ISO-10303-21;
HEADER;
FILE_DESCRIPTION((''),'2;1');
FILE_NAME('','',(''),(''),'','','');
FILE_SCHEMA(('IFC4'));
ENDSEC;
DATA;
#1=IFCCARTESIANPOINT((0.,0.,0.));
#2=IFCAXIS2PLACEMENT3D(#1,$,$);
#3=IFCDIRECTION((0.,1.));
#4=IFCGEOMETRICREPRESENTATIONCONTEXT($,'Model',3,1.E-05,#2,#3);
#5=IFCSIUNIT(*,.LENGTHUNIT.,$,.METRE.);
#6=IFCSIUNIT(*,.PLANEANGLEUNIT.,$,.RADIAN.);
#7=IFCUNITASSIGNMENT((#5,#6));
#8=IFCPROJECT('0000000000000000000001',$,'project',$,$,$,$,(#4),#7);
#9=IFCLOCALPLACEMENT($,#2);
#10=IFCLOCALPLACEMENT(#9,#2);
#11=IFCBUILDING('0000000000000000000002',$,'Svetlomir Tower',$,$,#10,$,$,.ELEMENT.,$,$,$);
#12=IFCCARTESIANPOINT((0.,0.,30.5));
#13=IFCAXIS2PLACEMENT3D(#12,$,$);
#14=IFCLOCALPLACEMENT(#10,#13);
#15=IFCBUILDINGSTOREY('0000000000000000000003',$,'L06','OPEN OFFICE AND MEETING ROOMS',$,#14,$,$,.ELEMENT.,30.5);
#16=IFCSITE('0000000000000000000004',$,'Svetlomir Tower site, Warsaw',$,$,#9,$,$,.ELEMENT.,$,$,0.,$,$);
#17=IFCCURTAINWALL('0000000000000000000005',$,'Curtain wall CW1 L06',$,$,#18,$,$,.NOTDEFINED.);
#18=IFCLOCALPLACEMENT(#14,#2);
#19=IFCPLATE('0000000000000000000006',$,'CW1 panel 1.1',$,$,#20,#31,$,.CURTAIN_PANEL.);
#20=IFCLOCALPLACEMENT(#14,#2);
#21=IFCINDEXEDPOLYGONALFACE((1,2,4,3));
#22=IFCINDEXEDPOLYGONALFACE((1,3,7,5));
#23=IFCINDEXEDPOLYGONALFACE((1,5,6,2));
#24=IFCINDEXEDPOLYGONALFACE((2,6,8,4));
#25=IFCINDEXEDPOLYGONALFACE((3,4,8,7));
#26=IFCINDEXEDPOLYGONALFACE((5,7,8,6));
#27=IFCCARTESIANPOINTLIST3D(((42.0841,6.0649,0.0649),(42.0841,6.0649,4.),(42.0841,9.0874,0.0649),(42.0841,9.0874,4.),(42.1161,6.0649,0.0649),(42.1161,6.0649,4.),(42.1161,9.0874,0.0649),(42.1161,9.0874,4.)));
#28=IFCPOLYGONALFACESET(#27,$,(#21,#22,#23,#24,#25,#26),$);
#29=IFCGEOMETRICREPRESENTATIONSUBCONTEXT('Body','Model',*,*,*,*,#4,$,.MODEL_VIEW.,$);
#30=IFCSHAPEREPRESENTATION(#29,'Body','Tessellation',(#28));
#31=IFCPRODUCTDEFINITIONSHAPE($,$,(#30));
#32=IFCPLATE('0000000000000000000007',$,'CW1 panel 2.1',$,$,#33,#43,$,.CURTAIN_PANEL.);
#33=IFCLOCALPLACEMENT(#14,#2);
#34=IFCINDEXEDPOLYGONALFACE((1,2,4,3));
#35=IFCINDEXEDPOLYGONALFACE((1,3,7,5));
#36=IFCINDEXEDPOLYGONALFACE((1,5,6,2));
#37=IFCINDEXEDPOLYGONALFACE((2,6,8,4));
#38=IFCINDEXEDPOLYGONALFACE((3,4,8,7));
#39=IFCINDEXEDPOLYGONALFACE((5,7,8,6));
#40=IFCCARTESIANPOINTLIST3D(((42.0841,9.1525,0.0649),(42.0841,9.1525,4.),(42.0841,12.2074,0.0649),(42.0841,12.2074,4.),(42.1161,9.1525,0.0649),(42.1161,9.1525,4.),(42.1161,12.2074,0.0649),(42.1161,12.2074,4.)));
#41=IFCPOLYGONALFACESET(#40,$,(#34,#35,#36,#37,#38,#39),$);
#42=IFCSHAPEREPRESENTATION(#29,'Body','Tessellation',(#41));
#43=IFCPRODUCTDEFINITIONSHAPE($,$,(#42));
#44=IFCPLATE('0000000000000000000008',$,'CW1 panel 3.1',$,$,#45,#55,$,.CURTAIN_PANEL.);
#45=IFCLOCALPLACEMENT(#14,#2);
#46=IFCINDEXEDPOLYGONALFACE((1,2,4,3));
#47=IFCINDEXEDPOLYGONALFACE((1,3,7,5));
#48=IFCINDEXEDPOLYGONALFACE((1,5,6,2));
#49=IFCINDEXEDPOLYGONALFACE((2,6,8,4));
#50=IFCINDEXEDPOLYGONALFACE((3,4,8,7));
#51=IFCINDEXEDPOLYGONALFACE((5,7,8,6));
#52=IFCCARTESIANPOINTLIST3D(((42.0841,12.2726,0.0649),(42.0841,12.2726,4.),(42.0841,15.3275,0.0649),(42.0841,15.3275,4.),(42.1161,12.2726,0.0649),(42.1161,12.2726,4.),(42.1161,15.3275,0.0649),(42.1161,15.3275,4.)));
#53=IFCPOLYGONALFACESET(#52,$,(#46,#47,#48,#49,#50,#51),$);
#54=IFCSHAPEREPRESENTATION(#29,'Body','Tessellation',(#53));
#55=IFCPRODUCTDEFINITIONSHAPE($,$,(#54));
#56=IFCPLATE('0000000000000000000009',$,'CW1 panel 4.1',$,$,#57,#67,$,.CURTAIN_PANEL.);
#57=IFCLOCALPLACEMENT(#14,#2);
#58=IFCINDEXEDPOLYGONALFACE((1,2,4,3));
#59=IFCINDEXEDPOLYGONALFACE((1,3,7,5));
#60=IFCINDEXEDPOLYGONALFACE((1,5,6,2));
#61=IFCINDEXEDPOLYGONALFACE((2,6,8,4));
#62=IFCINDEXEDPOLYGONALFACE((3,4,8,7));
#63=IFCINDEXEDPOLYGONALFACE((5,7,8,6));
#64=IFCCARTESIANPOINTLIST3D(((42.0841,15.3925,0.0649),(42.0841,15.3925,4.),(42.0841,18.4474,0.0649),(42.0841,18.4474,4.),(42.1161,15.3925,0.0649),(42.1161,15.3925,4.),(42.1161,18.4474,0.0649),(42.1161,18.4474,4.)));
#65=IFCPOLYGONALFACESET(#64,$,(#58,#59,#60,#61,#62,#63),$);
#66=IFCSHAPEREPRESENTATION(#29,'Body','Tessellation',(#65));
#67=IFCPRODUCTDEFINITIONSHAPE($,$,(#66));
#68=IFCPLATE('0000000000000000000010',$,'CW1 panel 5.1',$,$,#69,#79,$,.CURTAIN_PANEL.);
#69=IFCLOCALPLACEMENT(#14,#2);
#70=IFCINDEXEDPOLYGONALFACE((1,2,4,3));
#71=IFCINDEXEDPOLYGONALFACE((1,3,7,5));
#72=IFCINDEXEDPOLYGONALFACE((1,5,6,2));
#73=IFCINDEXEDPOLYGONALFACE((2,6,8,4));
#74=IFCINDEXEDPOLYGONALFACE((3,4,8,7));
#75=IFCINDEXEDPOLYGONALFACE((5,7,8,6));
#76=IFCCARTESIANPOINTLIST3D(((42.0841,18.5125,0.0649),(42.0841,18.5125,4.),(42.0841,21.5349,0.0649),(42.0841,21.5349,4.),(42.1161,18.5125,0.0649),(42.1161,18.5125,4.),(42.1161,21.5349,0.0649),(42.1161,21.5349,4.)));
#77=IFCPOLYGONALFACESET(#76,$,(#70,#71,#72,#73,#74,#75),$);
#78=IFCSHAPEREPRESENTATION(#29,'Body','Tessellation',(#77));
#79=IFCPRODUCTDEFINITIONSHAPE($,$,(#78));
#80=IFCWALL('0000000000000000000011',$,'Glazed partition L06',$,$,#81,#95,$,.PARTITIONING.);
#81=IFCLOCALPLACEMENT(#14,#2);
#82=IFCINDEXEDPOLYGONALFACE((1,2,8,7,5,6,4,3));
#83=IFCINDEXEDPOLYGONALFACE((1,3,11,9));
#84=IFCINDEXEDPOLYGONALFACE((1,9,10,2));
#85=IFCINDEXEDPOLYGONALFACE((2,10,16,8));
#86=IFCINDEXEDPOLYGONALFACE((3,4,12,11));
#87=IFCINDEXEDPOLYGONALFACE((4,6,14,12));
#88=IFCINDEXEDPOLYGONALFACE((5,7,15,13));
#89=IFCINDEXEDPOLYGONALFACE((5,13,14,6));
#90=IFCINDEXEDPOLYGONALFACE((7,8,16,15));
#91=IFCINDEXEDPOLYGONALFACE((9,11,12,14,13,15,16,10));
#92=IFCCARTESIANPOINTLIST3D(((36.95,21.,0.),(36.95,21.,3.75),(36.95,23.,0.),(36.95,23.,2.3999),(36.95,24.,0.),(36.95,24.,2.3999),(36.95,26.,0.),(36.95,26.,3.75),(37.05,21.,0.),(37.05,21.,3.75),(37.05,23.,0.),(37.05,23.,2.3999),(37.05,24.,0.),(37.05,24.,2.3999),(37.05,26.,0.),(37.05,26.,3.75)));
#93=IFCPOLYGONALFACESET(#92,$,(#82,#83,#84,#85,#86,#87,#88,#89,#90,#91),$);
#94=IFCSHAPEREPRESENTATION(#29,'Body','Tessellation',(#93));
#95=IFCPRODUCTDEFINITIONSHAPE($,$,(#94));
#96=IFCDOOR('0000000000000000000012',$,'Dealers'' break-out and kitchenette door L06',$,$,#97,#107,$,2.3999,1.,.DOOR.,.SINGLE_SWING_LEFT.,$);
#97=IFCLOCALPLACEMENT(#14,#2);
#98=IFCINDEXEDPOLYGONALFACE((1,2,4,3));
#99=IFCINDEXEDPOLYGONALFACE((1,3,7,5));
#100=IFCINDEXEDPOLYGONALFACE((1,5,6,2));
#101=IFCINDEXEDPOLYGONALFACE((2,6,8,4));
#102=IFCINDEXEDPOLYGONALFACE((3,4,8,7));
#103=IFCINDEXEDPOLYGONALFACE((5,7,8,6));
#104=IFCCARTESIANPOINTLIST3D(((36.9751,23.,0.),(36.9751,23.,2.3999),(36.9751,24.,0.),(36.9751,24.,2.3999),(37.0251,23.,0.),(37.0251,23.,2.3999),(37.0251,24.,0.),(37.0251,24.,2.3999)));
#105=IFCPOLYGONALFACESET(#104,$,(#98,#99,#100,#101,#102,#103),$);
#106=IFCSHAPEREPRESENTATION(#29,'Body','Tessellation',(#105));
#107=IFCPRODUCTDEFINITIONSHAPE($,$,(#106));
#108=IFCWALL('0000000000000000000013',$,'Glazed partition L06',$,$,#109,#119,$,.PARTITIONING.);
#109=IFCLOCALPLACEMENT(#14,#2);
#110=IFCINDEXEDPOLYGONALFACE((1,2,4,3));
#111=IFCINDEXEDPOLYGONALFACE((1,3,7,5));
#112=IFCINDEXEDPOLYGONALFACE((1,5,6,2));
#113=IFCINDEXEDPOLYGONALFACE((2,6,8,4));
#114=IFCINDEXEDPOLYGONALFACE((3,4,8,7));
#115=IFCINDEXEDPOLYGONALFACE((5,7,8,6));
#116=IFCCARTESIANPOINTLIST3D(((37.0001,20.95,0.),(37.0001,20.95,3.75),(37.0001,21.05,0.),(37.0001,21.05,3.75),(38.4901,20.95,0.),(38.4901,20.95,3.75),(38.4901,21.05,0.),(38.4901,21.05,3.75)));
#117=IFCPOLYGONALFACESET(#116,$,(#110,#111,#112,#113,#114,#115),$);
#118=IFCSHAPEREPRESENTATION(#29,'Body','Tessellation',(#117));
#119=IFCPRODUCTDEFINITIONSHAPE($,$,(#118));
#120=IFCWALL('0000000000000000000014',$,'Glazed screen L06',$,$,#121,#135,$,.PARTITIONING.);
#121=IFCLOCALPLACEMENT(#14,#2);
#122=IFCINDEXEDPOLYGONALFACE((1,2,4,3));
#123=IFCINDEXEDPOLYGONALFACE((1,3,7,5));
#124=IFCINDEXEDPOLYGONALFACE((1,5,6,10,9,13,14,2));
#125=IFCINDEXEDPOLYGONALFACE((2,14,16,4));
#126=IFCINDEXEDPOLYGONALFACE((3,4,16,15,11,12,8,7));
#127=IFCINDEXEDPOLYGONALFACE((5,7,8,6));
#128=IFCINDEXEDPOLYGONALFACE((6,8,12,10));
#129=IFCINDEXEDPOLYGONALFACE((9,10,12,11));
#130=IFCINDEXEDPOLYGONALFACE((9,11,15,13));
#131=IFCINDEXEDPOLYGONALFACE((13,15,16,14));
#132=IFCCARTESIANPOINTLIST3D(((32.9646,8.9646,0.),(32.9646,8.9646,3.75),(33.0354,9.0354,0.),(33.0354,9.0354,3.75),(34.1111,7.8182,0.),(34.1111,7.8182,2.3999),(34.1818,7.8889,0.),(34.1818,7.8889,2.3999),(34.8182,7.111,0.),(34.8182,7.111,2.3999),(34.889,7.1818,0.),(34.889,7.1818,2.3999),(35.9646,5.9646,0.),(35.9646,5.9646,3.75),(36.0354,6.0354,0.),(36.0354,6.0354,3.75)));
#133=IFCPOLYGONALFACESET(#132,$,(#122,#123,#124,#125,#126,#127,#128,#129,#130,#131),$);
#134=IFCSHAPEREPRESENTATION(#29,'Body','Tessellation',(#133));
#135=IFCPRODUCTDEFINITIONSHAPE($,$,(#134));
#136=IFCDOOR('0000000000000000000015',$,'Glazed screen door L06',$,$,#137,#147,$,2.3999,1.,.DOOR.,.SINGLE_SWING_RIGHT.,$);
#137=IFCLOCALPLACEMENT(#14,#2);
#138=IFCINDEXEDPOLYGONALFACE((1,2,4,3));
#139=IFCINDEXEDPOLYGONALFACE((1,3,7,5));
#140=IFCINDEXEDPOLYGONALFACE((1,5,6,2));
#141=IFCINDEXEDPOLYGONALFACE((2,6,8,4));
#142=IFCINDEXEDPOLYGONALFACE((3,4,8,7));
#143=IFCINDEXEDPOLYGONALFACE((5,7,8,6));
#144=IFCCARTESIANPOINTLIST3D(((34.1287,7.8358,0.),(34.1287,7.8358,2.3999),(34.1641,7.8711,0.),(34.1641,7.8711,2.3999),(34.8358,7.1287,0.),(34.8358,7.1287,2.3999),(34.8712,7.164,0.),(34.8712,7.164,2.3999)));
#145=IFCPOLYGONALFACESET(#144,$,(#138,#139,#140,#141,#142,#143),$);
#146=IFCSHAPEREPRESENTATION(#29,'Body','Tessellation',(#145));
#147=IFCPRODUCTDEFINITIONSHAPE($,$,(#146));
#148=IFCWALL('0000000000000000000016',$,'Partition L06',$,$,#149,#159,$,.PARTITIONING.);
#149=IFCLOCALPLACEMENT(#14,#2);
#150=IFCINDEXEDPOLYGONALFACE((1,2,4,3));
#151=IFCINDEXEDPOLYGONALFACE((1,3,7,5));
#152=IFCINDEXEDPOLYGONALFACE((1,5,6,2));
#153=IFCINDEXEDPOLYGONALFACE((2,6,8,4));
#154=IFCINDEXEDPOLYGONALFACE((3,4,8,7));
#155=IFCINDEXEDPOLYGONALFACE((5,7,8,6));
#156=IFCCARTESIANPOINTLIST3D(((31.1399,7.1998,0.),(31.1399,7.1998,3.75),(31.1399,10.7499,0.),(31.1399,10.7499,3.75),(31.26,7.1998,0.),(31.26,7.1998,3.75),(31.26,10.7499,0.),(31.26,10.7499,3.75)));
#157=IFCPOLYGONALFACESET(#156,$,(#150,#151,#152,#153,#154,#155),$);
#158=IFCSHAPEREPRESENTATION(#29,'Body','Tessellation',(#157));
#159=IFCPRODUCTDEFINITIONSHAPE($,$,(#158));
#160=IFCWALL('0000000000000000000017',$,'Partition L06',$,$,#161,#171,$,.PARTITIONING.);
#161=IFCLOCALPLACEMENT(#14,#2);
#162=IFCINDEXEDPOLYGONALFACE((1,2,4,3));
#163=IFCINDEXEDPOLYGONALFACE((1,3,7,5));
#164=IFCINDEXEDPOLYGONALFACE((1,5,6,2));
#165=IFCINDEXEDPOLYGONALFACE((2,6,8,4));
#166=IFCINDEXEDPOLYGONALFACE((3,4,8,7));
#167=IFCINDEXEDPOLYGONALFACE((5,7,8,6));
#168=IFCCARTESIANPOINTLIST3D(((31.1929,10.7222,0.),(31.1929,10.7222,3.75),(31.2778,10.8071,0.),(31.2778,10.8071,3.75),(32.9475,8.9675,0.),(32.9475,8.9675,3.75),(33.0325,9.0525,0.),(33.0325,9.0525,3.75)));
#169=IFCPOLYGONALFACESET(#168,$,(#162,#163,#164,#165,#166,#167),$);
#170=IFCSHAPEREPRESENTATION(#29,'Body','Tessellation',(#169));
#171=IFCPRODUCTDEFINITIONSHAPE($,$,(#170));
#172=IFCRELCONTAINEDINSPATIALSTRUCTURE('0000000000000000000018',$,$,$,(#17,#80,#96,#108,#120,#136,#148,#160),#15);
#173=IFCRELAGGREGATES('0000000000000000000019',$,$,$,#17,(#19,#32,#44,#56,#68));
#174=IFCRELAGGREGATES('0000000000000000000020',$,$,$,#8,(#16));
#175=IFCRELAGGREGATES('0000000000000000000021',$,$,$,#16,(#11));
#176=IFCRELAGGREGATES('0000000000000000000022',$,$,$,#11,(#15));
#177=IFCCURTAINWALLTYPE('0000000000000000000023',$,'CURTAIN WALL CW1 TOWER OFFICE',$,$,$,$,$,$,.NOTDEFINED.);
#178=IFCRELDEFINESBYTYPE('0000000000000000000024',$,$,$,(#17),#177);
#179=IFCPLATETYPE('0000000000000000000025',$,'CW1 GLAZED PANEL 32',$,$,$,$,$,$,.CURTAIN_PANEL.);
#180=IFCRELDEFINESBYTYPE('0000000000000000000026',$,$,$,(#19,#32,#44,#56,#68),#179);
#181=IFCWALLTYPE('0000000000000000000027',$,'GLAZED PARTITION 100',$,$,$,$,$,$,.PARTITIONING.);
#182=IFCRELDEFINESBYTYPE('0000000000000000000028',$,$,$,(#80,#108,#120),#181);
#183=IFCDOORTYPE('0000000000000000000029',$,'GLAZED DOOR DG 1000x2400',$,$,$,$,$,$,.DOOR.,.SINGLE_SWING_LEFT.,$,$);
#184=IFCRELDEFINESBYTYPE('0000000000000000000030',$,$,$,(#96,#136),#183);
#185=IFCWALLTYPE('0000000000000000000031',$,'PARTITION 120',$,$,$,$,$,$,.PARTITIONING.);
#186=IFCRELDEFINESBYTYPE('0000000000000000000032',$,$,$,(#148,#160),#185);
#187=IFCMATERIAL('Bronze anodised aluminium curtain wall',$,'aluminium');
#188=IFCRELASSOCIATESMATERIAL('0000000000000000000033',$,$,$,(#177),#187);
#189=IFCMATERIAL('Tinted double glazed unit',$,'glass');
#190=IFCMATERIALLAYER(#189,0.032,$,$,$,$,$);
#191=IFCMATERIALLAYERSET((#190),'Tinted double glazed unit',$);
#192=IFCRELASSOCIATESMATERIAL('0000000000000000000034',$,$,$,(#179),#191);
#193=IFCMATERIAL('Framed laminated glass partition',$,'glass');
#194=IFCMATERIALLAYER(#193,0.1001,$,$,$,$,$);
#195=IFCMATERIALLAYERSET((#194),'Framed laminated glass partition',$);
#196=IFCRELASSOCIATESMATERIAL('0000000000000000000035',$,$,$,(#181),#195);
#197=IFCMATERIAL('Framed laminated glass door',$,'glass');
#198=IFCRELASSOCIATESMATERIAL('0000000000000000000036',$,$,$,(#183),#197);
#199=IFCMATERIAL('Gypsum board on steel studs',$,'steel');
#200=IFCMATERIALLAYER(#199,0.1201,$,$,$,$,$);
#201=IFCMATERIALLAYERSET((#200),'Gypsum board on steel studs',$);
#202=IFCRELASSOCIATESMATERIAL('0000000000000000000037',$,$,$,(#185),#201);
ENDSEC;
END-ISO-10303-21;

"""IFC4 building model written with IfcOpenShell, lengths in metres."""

from ifc_helpers import new_model, si_unit, direction, frame, frame_2d, origin, origin_2d, place, context, subcontext, project, spatial, rectangle, extrude, material, layer, layer_set, type_object, element, fill, aggregate, save


model = new_model("IFC4")

# Units and contexts
model_context = context("Model", 3, precision=1e-05, world=origin(), true_north=direction((0.0, 1.0)))
body_context = subcontext(model_context, "Body", "Model", "MODEL_VIEW")
ifc_project = project(units=[si_unit("LENGTHUNIT", "METRE"), si_unit("PLANEANGLEUNIT", "RADIAN")], contexts=[model_context])

# Site, building, storey
site_placement = place(None, origin())
site = spatial("IfcSite", under=ifc_project, at=site_placement, Name="Svetlomir Tower site, Warsaw", CompositionType="ELEMENT", RefElevation=0.0)
building_placement = place(site_placement, origin())
building = spatial("IfcBuilding", under=site, at=building_placement, Name="Svetlomir Tower", CompositionType="ELEMENT")
storey_placement = place(building_placement, frame((0.0, 0.0, 30.5)))
storey = spatial("IfcBuildingStorey", under=building, at=storey_placement, Name="L06", Description="OPEN OFFICE AND MEETING ROOMS", CompositionType="ELEMENT", Elevation=30.5)

# Curtain wall
ifc_material_1 = material(Name="Bronze anodised aluminium curtain wall", Category="aluminium")
curtain_wall_type = type_object("IfcCurtainWallType", Name="CURTAIN WALL CW1 TOWER OFFICE", PredefinedType="NOTDEFINED", material=ifc_material_1)
curtain_wall_placement = place(storey_placement, origin())
curtain_wall = element("IfcCurtainWall", 1, at=curtain_wall_placement, inside=storey, type_object=curtain_wall_type, Name="Curtain wall CW1 L06", PredefinedType="NOTDEFINED")

# Plates
ifc_material_2 = material(Name="Tinted double glazed unit", Category="glass")
ifc_layer_1 = layer(ifc_material_2, 0.032)
ifc_layer_set_1 = layer_set([ifc_layer_1], Name="Tinted double glazed unit")
plate_type = type_object("IfcPlateType", Name="CW1 GLAZED PANEL 32", PredefinedType="CURTAIN_PANEL", material=ifc_layer_set_1)
plate_1_placement = place(storey_placement, frame((42.1001, 7.5762, 0.0649), z_axis=(0.0, 0.0, 1.0), x_axis=(0.0, 1.0, 0.0)))
plate_1 = element("IfcPlate", 2, at=plate_1_placement, type_object=plate_type, Name="CW1 panel 1.1", PredefinedType="CURTAIN_PANEL", context=body_context, shape_type="SweptSolid", body=[
    extrude(rectangle(XDim=3.0225, YDim=0.032, at=origin_2d()), origin(), (0.0, 0.0, 1.0), 3.9351),
])
plate_2_placement = place(storey_placement, frame((42.1001, 10.6799, 0.0649), z_axis=(0.0, 0.0, 1.0), x_axis=(0.0, 1.0, 0.0)))
plate_2 = element("IfcPlate", 3, at=plate_2_placement, type_object=plate_type, Name="CW1 panel 2.1", PredefinedType="CURTAIN_PANEL", context=body_context, shape_type="SweptSolid", body=[
    extrude(rectangle(XDim=3.0549, YDim=0.032, at=origin_2d()), origin(), (0.0, 0.0, 1.0), 3.9351),
])
plate_3_placement = place(storey_placement, frame((42.1001, 13.8, 0.0649), z_axis=(0.0, 0.0, 1.0), x_axis=(0.0, 1.0, 0.0)))
plate_3 = element("IfcPlate", 4, at=plate_3_placement, type_object=plate_type, Name="CW1 panel 3.1", PredefinedType="CURTAIN_PANEL", context=body_context, shape_type="SweptSolid", body=[
    extrude(rectangle(XDim=3.0549, YDim=0.032, at=origin_2d()), origin(), (0.0, 0.0, 1.0), 3.9351),
])
plate_4_placement = place(storey_placement, frame((42.1001, 16.9199, 0.0649), z_axis=(0.0, 0.0, 1.0), x_axis=(0.0, 1.0, 0.0)))
plate_4 = element("IfcPlate", 5, at=plate_4_placement, type_object=plate_type, Name="CW1 panel 4.1", PredefinedType="CURTAIN_PANEL", context=body_context, shape_type="SweptSolid", body=[
    extrude(rectangle(XDim=3.0549, YDim=0.032, at=origin_2d()), origin(), (0.0, 0.0, 1.0), 3.9351),
])
plate_5_placement = place(storey_placement, frame((42.1001, 20.0237, 0.0649), z_axis=(0.0, 0.0, 1.0), x_axis=(0.0, 1.0, 0.0)))
plate_5 = element("IfcPlate", 6, at=plate_5_placement, type_object=plate_type, Name="CW1 panel 5.1", PredefinedType="CURTAIN_PANEL", context=body_context, shape_type="SweptSolid", body=[
    extrude(rectangle(XDim=3.0225, YDim=0.032, at=origin_2d()), origin(), (0.0, 0.0, 1.0), 3.9351),
])
aggregate(curtain_wall, [plate_1, plate_2, plate_3, plate_4, plate_5])

# Wall, opening, door
ifc_material_3 = material(Name="Framed laminated glass partition", Category="glass")
ifc_layer_2 = layer(ifc_material_3, 0.1001)
ifc_layer_set_2 = layer_set([ifc_layer_2], Name="Framed laminated glass partition")
wall_type_1 = type_object("IfcWallType", Name="GLAZED PARTITION 100", PredefinedType="PARTITIONING", material=ifc_layer_set_2)
wall_1_placement = place(storey_placement, frame((37.0, 21.0, 0.0), z_axis=(0.0, 0.0, 1.0), x_axis=(0.0, 1.0, 0.0)))
wall_1 = element("IfcWall", 7, at=wall_1_placement, inside=storey, type_object=wall_type_1, Name="Glazed partition L06", PredefinedType="PARTITIONING", context=body_context, shape_type="SweptSolid", body=[
    extrude(rectangle(XDim=5.0, YDim=0.1001, at=frame_2d((2.5, 0.0))), origin(), (0.0, 0.0, 1.0), 3.75),
])
opening_1_placement = place(wall_1_placement, frame((2.0, 0.0, 0.0)))
opening_1 = element("IfcOpeningElement", 8, at=opening_1_placement, cuts=wall_1, PredefinedType="OPENING", context=body_context, shape_type="SweptSolid", body=[
    extrude(rectangle(XDim=1.0, YDim=2.3999, at=frame_2d((0.5, 1.2))), frame((0.0, 0.0601, 0.0), z_axis=(0.0, -1.0, 0.0), x_axis=(1.0, 0.0, 0.0)), (0.0, 0.0, 1.0), 0.1201),
])
ifc_material_4 = material(Name="Framed laminated glass door", Category="glass")
door_type = type_object("IfcDoorType", Name="GLAZED DOOR DG 1000x2400", OperationType="SINGLE_SWING_LEFT", PredefinedType="DOOR", material=ifc_material_4)
door_1_placement = place(opening_1_placement, origin())
door_1 = element("IfcDoor", 9, at=door_1_placement, inside=storey, type_object=door_type, Name="Dealers' break-out and kitchenette door L06", OperationType="SINGLE_SWING_LEFT", OverallHeight=2.3999, OverallWidth=1.0, PredefinedType="DOOR", context=body_context, shape_type="SweptSolid", body=[
    extrude(rectangle(XDim=1.0, YDim=2.3999, at=frame_2d((0.5, 1.2))), frame((0.0, 0.0249, 0.0), z_axis=(0.0, -1.0, 0.0), x_axis=(1.0, 0.0, 0.0)), (0.0, 0.0, 1.0), 0.05),
])
fill(opening_1, door_1)

# Wall
wall_2_placement = place(storey_placement, frame((37.0, 21.0, 0.0), z_axis=(0.0, 0.0, 1.0), x_axis=(1.0, 0.0, 0.0)))
element("IfcWall", 10, at=wall_2_placement, inside=storey, type_object=wall_type_1, Name="Glazed partition L06", PredefinedType="PARTITIONING", context=body_context, shape_type="SweptSolid", body=[
    extrude(rectangle(XDim=1.49, YDim=0.1001, at=frame_2d((0.7451, 0.0))), origin(), (0.0, 0.0, 1.0), 3.75),
])

# Wall, opening, door
wall_3_placement = place(storey_placement, frame((33.0, 9.0, 0.0), z_axis=(0.0, 0.0, 1.0), x_axis=(0.707107, -0.707107, 0.0)))
wall_3 = element("IfcWall", 11, at=wall_3_placement, inside=storey, type_object=wall_type_1, Name="Glazed screen L06", PredefinedType="PARTITIONING", context=body_context, shape_type="SweptSolid", body=[
    extrude(rectangle(XDim=4.2427, YDim=0.1001, at=frame_2d((2.1213, 0.0))), origin(), (0.0, 0.0, 1.0), 3.75),
])
opening_2_placement = place(wall_3_placement, frame((1.6213, 0.0, 0.0)))
opening_2 = element("IfcOpeningElement", 12, at=opening_2_placement, cuts=wall_3, PredefinedType="OPENING", context=body_context, shape_type="SweptSolid", body=[
    extrude(rectangle(XDim=1.0, YDim=2.3999, at=frame_2d((0.5, 1.2))), frame((0.0, 0.0601, 0.0), z_axis=(0.0, -1.0, 0.0), x_axis=(1.0, 0.0, 0.0)), (0.0, 0.0, 1.0), 0.1201),
])
door_2_placement = place(opening_2_placement, origin())
door_2 = element("IfcDoor", 13, at=door_2_placement, inside=storey, type_object=door_type, Name="Glazed screen door L06", OperationType="SINGLE_SWING_RIGHT", OverallHeight=2.3999, OverallWidth=1.0, PredefinedType="DOOR", context=body_context, shape_type="SweptSolid", body=[
    extrude(rectangle(XDim=1.0, YDim=2.3999, at=frame_2d((0.5, 1.2))), frame((0.0, 0.0249, 0.0), z_axis=(0.0, -1.0, 0.0), x_axis=(1.0, 0.0, 0.0)), (0.0, 0.0, 1.0), 0.05),
])
fill(opening_2, door_2)

# Walls
ifc_material_5 = material(Name="Gypsum board on steel studs", Category="steel")
ifc_layer_3 = layer(ifc_material_5, 0.1201)
ifc_layer_set_3 = layer_set([ifc_layer_3], Name="Gypsum board on steel studs")
wall_type_2 = type_object("IfcWallType", Name="PARTITION 120", PredefinedType="PARTITIONING", material=ifc_layer_set_3)
wall_4_placement = place(storey_placement, frame((31.2, 7.2, 0.0), z_axis=(0.0, 0.0, 1.0), x_axis=(0.0, 1.0, 0.0)))
element("IfcWall", 14, at=wall_4_placement, inside=storey, type_object=wall_type_2, Name="Partition L06", PredefinedType="PARTITIONING", context=body_context, shape_type="SweptSolid", body=[
    extrude(rectangle(XDim=3.55, YDim=0.1201, at=frame_2d((1.7749, 0.0))), origin(), (0.0, 0.0, 1.0), 3.75),
])
wall_5_placement = place(storey_placement, frame((31.2354, 10.7646, 0.0), z_axis=(0.0, 0.0, 1.0), x_axis=(0.707107, -0.707107, 0.0)))
element("IfcWall", 15, at=wall_5_placement, inside=storey, type_object=wall_type_2, Name="Partition L06", PredefinedType="PARTITIONING", context=body_context, shape_type="SweptSolid", body=[
    extrude(rectangle(XDim=2.4814, YDim=0.1201, at=frame_2d((1.2407, 0.0))), origin(), (0.0, 0.0, 1.0), 3.75),
])

save(model, "model.ifc")
